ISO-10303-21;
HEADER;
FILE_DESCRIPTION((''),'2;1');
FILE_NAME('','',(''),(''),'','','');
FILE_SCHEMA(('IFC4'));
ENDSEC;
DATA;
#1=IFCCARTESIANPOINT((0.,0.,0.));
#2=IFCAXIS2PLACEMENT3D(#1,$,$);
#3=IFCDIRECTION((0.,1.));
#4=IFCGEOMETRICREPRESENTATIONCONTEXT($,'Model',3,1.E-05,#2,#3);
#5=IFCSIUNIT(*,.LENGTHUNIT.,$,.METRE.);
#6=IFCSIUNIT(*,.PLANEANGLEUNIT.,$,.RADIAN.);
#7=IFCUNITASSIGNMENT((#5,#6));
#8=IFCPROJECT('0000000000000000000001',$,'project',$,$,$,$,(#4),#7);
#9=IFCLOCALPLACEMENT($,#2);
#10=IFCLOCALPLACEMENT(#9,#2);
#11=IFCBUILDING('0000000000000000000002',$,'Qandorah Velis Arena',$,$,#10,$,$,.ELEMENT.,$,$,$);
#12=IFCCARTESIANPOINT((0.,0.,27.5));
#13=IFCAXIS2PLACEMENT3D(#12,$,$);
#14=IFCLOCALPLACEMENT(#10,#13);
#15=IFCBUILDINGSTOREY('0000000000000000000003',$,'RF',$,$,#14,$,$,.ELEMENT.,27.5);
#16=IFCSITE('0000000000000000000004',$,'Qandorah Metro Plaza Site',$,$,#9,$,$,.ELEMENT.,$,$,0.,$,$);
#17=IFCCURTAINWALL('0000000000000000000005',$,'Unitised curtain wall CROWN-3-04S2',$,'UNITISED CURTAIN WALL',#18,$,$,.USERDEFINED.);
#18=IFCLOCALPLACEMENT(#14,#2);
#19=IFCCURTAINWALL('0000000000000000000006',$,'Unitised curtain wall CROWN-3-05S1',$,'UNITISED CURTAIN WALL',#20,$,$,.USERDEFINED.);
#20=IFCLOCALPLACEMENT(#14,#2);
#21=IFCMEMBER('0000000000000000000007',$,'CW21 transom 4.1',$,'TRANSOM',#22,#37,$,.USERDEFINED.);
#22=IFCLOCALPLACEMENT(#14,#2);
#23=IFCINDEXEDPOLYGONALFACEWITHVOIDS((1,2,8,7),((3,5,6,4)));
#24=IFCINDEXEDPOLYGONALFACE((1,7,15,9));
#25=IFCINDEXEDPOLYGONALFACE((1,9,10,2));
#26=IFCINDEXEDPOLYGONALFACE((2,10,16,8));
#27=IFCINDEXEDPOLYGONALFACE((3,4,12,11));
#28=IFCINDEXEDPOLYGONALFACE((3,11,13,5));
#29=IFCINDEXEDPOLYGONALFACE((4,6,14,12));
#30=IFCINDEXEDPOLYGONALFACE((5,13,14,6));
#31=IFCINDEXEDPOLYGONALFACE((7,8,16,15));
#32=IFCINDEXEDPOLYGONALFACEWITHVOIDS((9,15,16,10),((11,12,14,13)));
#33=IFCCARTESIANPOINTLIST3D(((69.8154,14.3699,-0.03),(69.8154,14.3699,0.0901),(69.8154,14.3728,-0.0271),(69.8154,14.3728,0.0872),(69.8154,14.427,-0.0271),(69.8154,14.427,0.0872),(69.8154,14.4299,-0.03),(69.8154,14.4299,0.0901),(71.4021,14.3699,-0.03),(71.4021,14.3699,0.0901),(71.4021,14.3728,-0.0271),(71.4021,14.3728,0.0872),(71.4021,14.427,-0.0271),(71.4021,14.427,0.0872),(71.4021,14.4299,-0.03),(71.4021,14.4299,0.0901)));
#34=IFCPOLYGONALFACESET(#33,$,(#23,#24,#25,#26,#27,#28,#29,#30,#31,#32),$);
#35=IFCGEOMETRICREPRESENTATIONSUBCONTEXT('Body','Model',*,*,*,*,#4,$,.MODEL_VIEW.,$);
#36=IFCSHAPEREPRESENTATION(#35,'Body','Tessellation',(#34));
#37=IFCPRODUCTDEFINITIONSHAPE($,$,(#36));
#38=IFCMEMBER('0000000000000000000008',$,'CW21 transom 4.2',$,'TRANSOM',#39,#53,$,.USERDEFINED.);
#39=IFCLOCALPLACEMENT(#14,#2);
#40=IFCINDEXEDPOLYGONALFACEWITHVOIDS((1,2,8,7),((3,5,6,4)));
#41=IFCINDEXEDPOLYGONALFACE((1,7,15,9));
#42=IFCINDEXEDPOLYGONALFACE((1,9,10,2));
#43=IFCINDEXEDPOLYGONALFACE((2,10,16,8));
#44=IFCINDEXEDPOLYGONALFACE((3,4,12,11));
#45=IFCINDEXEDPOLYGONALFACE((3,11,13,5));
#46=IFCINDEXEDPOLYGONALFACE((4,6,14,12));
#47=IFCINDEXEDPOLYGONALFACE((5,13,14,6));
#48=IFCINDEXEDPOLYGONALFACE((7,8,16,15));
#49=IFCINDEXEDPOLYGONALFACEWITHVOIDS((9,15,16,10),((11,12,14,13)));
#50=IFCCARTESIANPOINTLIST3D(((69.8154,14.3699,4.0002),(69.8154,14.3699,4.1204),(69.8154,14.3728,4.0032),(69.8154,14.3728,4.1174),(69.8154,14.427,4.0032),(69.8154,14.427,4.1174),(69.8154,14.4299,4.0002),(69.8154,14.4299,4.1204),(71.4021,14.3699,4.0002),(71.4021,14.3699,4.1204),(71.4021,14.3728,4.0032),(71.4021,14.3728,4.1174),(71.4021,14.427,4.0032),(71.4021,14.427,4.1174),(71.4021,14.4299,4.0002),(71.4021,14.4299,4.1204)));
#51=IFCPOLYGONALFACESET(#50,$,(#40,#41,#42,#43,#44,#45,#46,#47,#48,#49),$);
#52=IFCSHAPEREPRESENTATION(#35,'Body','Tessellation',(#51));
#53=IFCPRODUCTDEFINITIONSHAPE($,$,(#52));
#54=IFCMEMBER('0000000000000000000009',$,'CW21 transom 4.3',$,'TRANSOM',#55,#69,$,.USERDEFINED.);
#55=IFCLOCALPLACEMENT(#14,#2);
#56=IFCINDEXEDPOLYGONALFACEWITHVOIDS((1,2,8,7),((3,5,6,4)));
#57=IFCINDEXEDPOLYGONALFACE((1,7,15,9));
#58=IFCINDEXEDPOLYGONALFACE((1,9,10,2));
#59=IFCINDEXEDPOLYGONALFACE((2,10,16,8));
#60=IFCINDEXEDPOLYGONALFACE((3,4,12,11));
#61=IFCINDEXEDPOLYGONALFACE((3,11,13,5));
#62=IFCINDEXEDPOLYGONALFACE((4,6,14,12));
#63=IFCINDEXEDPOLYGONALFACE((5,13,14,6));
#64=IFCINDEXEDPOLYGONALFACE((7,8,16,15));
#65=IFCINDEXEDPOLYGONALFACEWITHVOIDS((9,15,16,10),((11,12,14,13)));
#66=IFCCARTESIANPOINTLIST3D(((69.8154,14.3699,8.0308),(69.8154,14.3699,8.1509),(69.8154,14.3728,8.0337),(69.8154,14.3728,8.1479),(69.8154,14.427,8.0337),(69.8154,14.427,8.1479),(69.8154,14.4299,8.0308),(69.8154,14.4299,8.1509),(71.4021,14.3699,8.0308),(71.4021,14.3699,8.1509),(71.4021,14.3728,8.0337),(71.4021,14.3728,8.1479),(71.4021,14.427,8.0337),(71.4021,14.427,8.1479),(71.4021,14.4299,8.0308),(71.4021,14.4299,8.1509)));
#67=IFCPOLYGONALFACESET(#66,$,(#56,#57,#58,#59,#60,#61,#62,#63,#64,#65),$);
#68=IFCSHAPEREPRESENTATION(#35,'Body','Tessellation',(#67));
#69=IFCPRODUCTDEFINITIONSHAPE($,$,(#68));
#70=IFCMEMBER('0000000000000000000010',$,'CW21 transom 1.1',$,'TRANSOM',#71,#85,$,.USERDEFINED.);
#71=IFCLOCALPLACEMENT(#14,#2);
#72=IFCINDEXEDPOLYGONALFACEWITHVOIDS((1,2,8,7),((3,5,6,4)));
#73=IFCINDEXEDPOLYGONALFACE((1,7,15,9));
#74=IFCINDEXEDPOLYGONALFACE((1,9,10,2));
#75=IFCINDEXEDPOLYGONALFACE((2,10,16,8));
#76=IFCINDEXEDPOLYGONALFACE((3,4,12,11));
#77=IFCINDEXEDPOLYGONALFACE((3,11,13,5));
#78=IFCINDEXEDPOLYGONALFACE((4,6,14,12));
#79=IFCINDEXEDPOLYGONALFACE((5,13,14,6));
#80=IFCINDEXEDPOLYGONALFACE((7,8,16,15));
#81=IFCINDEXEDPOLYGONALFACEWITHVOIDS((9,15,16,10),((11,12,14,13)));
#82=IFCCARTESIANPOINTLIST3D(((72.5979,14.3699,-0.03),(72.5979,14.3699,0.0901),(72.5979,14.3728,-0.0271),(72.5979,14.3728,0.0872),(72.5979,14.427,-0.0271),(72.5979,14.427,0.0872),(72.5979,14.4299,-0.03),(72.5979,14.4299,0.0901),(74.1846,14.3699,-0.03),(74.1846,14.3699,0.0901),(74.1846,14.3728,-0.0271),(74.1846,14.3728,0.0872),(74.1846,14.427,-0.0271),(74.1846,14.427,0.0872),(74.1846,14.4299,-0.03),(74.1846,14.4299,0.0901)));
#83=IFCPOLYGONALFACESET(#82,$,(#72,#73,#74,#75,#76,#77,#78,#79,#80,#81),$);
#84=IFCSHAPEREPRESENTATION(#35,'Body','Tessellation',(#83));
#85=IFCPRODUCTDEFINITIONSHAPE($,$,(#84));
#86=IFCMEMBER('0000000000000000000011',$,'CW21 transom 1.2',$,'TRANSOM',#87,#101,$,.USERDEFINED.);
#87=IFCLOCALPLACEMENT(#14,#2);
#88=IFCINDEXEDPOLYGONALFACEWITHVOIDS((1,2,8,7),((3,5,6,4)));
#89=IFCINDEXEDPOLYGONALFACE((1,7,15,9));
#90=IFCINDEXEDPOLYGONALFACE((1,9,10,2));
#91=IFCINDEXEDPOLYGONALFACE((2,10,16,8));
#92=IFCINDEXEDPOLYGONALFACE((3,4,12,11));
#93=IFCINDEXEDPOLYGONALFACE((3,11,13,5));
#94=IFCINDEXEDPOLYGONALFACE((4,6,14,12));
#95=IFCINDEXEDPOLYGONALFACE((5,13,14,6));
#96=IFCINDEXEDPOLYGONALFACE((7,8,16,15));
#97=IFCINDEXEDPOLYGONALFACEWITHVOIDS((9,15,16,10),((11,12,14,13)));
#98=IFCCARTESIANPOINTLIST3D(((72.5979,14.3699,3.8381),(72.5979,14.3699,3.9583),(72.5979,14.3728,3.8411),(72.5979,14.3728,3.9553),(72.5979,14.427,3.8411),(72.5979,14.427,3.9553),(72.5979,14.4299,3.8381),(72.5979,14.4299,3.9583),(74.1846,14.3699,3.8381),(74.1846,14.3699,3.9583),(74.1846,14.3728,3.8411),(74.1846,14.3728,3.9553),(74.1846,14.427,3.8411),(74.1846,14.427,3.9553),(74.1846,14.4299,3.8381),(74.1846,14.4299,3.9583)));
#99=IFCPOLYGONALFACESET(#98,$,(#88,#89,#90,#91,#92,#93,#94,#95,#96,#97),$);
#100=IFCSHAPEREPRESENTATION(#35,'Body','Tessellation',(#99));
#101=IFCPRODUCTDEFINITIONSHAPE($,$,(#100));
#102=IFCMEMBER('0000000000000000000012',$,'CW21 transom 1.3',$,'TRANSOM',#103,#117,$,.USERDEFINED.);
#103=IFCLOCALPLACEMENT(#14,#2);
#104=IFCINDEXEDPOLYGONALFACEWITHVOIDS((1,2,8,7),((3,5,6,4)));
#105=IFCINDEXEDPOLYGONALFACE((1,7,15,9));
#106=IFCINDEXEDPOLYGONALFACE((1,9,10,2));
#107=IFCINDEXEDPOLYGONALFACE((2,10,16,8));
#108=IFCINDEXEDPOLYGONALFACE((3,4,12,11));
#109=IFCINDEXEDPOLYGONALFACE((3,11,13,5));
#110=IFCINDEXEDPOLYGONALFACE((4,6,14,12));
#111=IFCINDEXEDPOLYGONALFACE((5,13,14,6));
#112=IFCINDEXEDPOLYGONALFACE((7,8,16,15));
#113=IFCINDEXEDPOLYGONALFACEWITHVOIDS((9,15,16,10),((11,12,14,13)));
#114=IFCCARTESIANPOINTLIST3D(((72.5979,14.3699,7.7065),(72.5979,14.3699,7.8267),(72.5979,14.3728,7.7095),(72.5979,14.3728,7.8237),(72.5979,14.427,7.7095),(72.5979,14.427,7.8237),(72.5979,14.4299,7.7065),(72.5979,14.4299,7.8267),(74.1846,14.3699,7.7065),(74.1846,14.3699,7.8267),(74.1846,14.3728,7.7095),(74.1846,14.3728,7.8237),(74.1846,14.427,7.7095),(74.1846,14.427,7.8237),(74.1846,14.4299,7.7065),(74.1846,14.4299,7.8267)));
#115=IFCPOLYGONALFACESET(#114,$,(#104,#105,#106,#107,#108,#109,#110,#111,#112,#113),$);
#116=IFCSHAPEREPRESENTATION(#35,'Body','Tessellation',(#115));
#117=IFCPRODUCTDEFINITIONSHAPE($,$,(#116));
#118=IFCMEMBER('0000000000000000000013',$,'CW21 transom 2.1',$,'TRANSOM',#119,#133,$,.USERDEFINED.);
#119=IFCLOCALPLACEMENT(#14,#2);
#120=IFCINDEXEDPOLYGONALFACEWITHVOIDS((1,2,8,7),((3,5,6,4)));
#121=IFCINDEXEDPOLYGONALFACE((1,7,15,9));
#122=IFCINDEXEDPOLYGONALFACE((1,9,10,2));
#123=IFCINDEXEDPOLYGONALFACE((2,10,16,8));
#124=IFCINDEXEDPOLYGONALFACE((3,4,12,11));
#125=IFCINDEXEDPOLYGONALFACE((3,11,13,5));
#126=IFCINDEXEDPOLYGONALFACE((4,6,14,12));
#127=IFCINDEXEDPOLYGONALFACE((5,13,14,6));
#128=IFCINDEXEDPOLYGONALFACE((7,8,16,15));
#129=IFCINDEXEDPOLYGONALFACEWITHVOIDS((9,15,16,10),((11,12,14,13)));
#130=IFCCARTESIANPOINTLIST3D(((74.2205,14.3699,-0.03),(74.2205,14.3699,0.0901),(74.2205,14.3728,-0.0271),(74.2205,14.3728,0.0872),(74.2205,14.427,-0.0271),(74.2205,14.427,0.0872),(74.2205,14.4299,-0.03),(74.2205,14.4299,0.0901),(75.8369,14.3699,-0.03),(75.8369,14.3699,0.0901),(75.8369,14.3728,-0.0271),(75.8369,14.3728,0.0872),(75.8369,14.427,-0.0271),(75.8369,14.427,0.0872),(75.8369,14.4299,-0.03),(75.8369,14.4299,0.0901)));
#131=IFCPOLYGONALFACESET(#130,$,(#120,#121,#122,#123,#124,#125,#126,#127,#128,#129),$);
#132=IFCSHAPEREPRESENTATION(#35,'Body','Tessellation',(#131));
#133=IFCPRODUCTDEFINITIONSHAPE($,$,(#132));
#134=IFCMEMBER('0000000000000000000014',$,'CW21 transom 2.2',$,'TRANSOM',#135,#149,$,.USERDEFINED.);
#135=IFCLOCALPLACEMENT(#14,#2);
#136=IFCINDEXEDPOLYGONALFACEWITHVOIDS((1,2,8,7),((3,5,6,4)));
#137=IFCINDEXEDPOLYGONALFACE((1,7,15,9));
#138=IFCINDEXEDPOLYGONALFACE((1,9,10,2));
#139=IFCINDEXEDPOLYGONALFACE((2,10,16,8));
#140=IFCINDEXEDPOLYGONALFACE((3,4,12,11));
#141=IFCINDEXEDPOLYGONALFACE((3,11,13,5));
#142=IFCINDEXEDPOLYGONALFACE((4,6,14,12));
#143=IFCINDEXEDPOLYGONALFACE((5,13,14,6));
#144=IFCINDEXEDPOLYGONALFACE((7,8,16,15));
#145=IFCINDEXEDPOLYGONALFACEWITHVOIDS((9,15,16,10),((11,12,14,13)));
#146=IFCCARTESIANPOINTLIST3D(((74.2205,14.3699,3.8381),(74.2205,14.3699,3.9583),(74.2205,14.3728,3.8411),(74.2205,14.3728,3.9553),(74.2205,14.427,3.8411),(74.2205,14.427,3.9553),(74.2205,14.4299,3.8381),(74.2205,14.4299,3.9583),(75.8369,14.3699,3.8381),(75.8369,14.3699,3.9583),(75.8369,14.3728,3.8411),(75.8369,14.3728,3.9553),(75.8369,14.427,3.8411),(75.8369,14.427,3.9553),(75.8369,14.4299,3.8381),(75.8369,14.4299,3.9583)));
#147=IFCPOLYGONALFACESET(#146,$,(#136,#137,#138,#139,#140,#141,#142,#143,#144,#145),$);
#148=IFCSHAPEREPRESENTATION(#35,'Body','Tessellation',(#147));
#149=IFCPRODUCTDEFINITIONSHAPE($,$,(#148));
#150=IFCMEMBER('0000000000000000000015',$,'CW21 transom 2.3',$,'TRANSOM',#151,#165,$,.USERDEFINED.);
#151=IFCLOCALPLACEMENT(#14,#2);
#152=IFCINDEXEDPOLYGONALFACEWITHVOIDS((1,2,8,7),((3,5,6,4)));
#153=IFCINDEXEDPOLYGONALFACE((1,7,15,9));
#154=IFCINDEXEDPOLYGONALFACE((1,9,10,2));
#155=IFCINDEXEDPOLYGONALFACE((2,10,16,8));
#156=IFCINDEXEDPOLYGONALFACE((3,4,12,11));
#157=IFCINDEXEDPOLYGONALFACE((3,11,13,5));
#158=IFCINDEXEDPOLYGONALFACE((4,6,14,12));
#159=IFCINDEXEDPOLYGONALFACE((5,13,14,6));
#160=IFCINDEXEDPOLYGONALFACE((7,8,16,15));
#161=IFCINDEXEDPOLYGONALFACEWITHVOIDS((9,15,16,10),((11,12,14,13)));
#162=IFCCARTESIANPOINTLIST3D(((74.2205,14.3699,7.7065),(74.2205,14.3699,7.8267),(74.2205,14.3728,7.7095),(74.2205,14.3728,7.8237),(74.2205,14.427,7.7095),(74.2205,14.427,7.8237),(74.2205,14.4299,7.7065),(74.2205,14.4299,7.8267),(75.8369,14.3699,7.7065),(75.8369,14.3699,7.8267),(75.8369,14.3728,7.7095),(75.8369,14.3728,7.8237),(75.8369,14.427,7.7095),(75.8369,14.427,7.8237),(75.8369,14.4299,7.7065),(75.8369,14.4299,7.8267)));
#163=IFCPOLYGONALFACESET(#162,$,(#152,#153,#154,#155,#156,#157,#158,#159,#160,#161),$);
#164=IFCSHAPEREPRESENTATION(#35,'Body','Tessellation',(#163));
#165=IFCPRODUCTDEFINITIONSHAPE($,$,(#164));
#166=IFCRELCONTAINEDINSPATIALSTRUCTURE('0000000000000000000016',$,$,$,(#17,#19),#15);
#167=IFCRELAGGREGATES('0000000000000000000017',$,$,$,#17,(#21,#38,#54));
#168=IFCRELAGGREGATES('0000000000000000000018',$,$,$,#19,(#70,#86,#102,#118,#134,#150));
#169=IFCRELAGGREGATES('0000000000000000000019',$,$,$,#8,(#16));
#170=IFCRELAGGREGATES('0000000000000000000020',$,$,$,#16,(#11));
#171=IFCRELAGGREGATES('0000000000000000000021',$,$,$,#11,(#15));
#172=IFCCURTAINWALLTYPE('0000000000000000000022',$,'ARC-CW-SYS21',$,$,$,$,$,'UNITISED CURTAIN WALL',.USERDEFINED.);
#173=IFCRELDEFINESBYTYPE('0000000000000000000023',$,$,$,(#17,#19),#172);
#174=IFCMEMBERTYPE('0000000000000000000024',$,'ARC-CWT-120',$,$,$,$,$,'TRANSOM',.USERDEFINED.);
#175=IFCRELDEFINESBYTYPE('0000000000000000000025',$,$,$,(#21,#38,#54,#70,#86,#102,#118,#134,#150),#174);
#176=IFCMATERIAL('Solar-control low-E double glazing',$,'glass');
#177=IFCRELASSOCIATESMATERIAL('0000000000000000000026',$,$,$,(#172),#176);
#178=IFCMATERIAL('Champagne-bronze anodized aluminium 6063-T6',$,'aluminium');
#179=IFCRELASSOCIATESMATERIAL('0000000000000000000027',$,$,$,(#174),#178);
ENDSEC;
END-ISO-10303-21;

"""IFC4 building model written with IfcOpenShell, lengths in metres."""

from ifc_helpers import new_model, si_unit, direction, frame, origin, origin_2d, place, context, subcontext, project, spatial, hollow_rectangle, extrude, material, material_profile, profile_set, type_object, element, aggregate, save


model = new_model("IFC4")

# Units and contexts
model_context = context("Model", 3, precision=1e-05, world=origin(), true_north=direction((0.0, 1.0)))
body_context = subcontext(model_context, "Body", "Model", "MODEL_VIEW")
ifc_project = project(units=[si_unit("LENGTHUNIT", "METRE"), si_unit("PLANEANGLEUNIT", "RADIAN")], contexts=[model_context])

# Site, building, storey
site_placement = place(None, origin())
site = spatial("IfcSite", under=ifc_project, at=site_placement, Name="Qandorah Metro Plaza Site", CompositionType="ELEMENT", RefElevation=0.0)
building_placement = place(site_placement, origin())
building = spatial("IfcBuilding", under=site, at=building_placement, Name="Qandorah Velis Arena", CompositionType="ELEMENT")
storey_placement = place(building_placement, frame((0.0, 0.0, 27.5)))
storey = spatial("IfcBuildingStorey", under=building, at=storey_placement, Name="RF", CompositionType="ELEMENT", Elevation=27.5)

# Curtain walls
ifc_material_1 = material(Name="Solar-control low-E double glazing", Category="glass")
curtain_wall_type = type_object("IfcCurtainWallType", Name="ARC-CW-SYS21", ElementType="UNITISED CURTAIN WALL", PredefinedType="USERDEFINED", material=ifc_material_1)
curtain_wall_1_placement = place(storey_placement, origin())
curtain_wall_1 = element("IfcCurtainWall", 1, at=curtain_wall_1_placement, inside=storey, type_object=curtain_wall_type, Name="Unitised curtain wall CROWN-3-04S2", ObjectType="UNITISED CURTAIN WALL", PredefinedType="USERDEFINED")
ifc_material_2 = material(Name="Champagne-bronze anodized aluminium 6063-T6", Category="aluminium")
curtain_wall_2_placement = place(storey_placement, origin())
curtain_wall_2 = element("IfcCurtainWall", 2, at=curtain_wall_2_placement, inside=storey, type_object=curtain_wall_type, Name="Unitised curtain wall CROWN-3-05S1", ObjectType="UNITISED CURTAIN WALL", PredefinedType="USERDEFINED")

# Members
ifc_material_profile_1 = material_profile(ifc_material_2, hollow_rectangle(XDim=0.0601, YDim=0.1201, WallThickness=0.0029, at=origin_2d()), Name="ALU TRANSOM 60x120")
ifc_profile_set_1 = profile_set([ifc_material_profile_1], Name="Champagne-bronze anodized aluminium 6063-T6")
member_type_1 = type_object("IfcMemberType", Name="ARC-CWT-120", ElementType="TRANSOM", PredefinedType="USERDEFINED", material=ifc_profile_set_1)
member_1_placement = place(storey_placement, frame((69.8154, 14.3999, 0.03), z_axis=(1.0, 0.0, 0.0), x_axis=(0.0, 1.0, 0.0)))
member_1 = element("IfcMember", 3, at=member_1_placement, type_object=member_type_1, Name="CW21 transom 4.1", ObjectType="TRANSOM", PredefinedType="USERDEFINED", context=body_context, shape_type="SweptSolid", body=[
    extrude(hollow_rectangle(XDim=0.0601, YDim=0.1201, WallThickness=0.0029, at=origin_2d()), origin(), (0.0, 0.0, 1.0), 1.5867),
])
member_2_placement = place(storey_placement, frame((69.8154, 14.3999, 4.0603), z_axis=(1.0, 0.0, 0.0), x_axis=(0.0, 1.0, 0.0)))
member_2 = element("IfcMember", 4, at=member_2_placement, type_object=member_type_1, Name="CW21 transom 4.2", ObjectType="TRANSOM", PredefinedType="USERDEFINED", context=body_context, shape_type="SweptSolid", body=[
    extrude(hollow_rectangle(XDim=0.0601, YDim=0.1201, WallThickness=0.0029, at=origin_2d()), origin(), (0.0, 0.0, 1.0), 1.5867),
])
member_3_placement = place(storey_placement, frame((69.8154, 14.3999, 8.0908), z_axis=(1.0, 0.0, 0.0), x_axis=(0.0, 1.0, 0.0)))
member_3 = element("IfcMember", 5, at=member_3_placement, type_object=member_type_1, Name="CW21 transom 4.3", ObjectType="TRANSOM", PredefinedType="USERDEFINED", context=body_context, shape_type="SweptSolid", body=[
    extrude(hollow_rectangle(XDim=0.0601, YDim=0.1201, WallThickness=0.0029, at=origin_2d()), origin(), (0.0, 0.0, 1.0), 1.5867),
])
member_4_placement = place(storey_placement, frame((72.5979, 14.3999, 0.03), z_axis=(1.0, 0.0, 0.0), x_axis=(0.0, 1.0, 0.0)))
member_4 = element("IfcMember", 6, at=member_4_placement, type_object=member_type_1, Name="CW21 transom 1.1", ObjectType="TRANSOM", PredefinedType="USERDEFINED", context=body_context, shape_type="SweptSolid", body=[
    extrude(hollow_rectangle(XDim=0.0601, YDim=0.1201, WallThickness=0.0029, at=origin_2d()), origin(), (0.0, 0.0, 1.0), 1.5867),
])
member_5_placement = place(storey_placement, frame((72.5979, 14.3999, 3.8982), z_axis=(1.0, 0.0, 0.0), x_axis=(0.0, 1.0, 0.0)))
member_5 = element("IfcMember", 7, at=member_5_placement, type_object=member_type_1, Name="CW21 transom 1.2", ObjectType="TRANSOM", PredefinedType="USERDEFINED", context=body_context, shape_type="SweptSolid", body=[
    extrude(hollow_rectangle(XDim=0.0601, YDim=0.1201, WallThickness=0.0029, at=origin_2d()), origin(), (0.0, 0.0, 1.0), 1.5867),
])
member_6_placement = place(storey_placement, frame((72.5979, 14.3999, 7.7666), z_axis=(1.0, 0.0, 0.0), x_axis=(0.0, 1.0, 0.0)))
member_6 = element("IfcMember", 8, at=member_6_placement, type_object=member_type_1, Name="CW21 transom 1.3", ObjectType="TRANSOM", PredefinedType="USERDEFINED", context=body_context, shape_type="SweptSolid", body=[
    extrude(hollow_rectangle(XDim=0.0601, YDim=0.1201, WallThickness=0.0029, at=origin_2d()), origin(), (0.0, 0.0, 1.0), 1.5867),
])
member_7_placement = place(storey_placement, frame((74.2205, 14.3999, 0.03), z_axis=(1.0, 0.0, 0.0), x_axis=(0.0, 1.0, 0.0)))
member_7 = element("IfcMember", 9, at=member_7_placement, type_object=member_type_1, Name="CW21 transom 2.1", ObjectType="TRANSOM", PredefinedType="USERDEFINED", context=body_context, shape_type="SweptSolid", body=[
    extrude(hollow_rectangle(XDim=0.0601, YDim=0.1201, WallThickness=0.0029, at=origin_2d()), origin(), (0.0, 0.0, 1.0), 1.6165),
])
member_8_placement = place(storey_placement, frame((74.2205, 14.3999, 3.8982), z_axis=(1.0, 0.0, 0.0), x_axis=(0.0, 1.0, 0.0)))
member_8 = element("IfcMember", 10, at=member_8_placement, type_object=member_type_1, Name="CW21 transom 2.2", ObjectType="TRANSOM", PredefinedType="USERDEFINED", context=body_context, shape_type="SweptSolid", body=[
    extrude(hollow_rectangle(XDim=0.0601, YDim=0.1201, WallThickness=0.0029, at=origin_2d()), origin(), (0.0, 0.0, 1.0), 1.6165),
])
member_9_placement = place(storey_placement, frame((74.2205, 14.3999, 7.7666), z_axis=(1.0, 0.0, 0.0), x_axis=(0.0, 1.0, 0.0)))
member_9 = element("IfcMember", 11, at=member_9_placement, type_object=member_type_1, Name="CW21 transom 2.3", ObjectType="TRANSOM", PredefinedType="USERDEFINED", context=body_context, shape_type="SweptSolid", body=[
    extrude(hollow_rectangle(XDim=0.0601, YDim=0.1201, WallThickness=0.0029, at=origin_2d()), origin(), (0.0, 0.0, 1.0), 1.6165),
])

aggregate(curtain_wall_1, [member_1, member_2, member_3])
aggregate(curtain_wall_2, [member_4, member_5, member_6, member_7, member_8, member_9])

save(model, "model.ifc")
